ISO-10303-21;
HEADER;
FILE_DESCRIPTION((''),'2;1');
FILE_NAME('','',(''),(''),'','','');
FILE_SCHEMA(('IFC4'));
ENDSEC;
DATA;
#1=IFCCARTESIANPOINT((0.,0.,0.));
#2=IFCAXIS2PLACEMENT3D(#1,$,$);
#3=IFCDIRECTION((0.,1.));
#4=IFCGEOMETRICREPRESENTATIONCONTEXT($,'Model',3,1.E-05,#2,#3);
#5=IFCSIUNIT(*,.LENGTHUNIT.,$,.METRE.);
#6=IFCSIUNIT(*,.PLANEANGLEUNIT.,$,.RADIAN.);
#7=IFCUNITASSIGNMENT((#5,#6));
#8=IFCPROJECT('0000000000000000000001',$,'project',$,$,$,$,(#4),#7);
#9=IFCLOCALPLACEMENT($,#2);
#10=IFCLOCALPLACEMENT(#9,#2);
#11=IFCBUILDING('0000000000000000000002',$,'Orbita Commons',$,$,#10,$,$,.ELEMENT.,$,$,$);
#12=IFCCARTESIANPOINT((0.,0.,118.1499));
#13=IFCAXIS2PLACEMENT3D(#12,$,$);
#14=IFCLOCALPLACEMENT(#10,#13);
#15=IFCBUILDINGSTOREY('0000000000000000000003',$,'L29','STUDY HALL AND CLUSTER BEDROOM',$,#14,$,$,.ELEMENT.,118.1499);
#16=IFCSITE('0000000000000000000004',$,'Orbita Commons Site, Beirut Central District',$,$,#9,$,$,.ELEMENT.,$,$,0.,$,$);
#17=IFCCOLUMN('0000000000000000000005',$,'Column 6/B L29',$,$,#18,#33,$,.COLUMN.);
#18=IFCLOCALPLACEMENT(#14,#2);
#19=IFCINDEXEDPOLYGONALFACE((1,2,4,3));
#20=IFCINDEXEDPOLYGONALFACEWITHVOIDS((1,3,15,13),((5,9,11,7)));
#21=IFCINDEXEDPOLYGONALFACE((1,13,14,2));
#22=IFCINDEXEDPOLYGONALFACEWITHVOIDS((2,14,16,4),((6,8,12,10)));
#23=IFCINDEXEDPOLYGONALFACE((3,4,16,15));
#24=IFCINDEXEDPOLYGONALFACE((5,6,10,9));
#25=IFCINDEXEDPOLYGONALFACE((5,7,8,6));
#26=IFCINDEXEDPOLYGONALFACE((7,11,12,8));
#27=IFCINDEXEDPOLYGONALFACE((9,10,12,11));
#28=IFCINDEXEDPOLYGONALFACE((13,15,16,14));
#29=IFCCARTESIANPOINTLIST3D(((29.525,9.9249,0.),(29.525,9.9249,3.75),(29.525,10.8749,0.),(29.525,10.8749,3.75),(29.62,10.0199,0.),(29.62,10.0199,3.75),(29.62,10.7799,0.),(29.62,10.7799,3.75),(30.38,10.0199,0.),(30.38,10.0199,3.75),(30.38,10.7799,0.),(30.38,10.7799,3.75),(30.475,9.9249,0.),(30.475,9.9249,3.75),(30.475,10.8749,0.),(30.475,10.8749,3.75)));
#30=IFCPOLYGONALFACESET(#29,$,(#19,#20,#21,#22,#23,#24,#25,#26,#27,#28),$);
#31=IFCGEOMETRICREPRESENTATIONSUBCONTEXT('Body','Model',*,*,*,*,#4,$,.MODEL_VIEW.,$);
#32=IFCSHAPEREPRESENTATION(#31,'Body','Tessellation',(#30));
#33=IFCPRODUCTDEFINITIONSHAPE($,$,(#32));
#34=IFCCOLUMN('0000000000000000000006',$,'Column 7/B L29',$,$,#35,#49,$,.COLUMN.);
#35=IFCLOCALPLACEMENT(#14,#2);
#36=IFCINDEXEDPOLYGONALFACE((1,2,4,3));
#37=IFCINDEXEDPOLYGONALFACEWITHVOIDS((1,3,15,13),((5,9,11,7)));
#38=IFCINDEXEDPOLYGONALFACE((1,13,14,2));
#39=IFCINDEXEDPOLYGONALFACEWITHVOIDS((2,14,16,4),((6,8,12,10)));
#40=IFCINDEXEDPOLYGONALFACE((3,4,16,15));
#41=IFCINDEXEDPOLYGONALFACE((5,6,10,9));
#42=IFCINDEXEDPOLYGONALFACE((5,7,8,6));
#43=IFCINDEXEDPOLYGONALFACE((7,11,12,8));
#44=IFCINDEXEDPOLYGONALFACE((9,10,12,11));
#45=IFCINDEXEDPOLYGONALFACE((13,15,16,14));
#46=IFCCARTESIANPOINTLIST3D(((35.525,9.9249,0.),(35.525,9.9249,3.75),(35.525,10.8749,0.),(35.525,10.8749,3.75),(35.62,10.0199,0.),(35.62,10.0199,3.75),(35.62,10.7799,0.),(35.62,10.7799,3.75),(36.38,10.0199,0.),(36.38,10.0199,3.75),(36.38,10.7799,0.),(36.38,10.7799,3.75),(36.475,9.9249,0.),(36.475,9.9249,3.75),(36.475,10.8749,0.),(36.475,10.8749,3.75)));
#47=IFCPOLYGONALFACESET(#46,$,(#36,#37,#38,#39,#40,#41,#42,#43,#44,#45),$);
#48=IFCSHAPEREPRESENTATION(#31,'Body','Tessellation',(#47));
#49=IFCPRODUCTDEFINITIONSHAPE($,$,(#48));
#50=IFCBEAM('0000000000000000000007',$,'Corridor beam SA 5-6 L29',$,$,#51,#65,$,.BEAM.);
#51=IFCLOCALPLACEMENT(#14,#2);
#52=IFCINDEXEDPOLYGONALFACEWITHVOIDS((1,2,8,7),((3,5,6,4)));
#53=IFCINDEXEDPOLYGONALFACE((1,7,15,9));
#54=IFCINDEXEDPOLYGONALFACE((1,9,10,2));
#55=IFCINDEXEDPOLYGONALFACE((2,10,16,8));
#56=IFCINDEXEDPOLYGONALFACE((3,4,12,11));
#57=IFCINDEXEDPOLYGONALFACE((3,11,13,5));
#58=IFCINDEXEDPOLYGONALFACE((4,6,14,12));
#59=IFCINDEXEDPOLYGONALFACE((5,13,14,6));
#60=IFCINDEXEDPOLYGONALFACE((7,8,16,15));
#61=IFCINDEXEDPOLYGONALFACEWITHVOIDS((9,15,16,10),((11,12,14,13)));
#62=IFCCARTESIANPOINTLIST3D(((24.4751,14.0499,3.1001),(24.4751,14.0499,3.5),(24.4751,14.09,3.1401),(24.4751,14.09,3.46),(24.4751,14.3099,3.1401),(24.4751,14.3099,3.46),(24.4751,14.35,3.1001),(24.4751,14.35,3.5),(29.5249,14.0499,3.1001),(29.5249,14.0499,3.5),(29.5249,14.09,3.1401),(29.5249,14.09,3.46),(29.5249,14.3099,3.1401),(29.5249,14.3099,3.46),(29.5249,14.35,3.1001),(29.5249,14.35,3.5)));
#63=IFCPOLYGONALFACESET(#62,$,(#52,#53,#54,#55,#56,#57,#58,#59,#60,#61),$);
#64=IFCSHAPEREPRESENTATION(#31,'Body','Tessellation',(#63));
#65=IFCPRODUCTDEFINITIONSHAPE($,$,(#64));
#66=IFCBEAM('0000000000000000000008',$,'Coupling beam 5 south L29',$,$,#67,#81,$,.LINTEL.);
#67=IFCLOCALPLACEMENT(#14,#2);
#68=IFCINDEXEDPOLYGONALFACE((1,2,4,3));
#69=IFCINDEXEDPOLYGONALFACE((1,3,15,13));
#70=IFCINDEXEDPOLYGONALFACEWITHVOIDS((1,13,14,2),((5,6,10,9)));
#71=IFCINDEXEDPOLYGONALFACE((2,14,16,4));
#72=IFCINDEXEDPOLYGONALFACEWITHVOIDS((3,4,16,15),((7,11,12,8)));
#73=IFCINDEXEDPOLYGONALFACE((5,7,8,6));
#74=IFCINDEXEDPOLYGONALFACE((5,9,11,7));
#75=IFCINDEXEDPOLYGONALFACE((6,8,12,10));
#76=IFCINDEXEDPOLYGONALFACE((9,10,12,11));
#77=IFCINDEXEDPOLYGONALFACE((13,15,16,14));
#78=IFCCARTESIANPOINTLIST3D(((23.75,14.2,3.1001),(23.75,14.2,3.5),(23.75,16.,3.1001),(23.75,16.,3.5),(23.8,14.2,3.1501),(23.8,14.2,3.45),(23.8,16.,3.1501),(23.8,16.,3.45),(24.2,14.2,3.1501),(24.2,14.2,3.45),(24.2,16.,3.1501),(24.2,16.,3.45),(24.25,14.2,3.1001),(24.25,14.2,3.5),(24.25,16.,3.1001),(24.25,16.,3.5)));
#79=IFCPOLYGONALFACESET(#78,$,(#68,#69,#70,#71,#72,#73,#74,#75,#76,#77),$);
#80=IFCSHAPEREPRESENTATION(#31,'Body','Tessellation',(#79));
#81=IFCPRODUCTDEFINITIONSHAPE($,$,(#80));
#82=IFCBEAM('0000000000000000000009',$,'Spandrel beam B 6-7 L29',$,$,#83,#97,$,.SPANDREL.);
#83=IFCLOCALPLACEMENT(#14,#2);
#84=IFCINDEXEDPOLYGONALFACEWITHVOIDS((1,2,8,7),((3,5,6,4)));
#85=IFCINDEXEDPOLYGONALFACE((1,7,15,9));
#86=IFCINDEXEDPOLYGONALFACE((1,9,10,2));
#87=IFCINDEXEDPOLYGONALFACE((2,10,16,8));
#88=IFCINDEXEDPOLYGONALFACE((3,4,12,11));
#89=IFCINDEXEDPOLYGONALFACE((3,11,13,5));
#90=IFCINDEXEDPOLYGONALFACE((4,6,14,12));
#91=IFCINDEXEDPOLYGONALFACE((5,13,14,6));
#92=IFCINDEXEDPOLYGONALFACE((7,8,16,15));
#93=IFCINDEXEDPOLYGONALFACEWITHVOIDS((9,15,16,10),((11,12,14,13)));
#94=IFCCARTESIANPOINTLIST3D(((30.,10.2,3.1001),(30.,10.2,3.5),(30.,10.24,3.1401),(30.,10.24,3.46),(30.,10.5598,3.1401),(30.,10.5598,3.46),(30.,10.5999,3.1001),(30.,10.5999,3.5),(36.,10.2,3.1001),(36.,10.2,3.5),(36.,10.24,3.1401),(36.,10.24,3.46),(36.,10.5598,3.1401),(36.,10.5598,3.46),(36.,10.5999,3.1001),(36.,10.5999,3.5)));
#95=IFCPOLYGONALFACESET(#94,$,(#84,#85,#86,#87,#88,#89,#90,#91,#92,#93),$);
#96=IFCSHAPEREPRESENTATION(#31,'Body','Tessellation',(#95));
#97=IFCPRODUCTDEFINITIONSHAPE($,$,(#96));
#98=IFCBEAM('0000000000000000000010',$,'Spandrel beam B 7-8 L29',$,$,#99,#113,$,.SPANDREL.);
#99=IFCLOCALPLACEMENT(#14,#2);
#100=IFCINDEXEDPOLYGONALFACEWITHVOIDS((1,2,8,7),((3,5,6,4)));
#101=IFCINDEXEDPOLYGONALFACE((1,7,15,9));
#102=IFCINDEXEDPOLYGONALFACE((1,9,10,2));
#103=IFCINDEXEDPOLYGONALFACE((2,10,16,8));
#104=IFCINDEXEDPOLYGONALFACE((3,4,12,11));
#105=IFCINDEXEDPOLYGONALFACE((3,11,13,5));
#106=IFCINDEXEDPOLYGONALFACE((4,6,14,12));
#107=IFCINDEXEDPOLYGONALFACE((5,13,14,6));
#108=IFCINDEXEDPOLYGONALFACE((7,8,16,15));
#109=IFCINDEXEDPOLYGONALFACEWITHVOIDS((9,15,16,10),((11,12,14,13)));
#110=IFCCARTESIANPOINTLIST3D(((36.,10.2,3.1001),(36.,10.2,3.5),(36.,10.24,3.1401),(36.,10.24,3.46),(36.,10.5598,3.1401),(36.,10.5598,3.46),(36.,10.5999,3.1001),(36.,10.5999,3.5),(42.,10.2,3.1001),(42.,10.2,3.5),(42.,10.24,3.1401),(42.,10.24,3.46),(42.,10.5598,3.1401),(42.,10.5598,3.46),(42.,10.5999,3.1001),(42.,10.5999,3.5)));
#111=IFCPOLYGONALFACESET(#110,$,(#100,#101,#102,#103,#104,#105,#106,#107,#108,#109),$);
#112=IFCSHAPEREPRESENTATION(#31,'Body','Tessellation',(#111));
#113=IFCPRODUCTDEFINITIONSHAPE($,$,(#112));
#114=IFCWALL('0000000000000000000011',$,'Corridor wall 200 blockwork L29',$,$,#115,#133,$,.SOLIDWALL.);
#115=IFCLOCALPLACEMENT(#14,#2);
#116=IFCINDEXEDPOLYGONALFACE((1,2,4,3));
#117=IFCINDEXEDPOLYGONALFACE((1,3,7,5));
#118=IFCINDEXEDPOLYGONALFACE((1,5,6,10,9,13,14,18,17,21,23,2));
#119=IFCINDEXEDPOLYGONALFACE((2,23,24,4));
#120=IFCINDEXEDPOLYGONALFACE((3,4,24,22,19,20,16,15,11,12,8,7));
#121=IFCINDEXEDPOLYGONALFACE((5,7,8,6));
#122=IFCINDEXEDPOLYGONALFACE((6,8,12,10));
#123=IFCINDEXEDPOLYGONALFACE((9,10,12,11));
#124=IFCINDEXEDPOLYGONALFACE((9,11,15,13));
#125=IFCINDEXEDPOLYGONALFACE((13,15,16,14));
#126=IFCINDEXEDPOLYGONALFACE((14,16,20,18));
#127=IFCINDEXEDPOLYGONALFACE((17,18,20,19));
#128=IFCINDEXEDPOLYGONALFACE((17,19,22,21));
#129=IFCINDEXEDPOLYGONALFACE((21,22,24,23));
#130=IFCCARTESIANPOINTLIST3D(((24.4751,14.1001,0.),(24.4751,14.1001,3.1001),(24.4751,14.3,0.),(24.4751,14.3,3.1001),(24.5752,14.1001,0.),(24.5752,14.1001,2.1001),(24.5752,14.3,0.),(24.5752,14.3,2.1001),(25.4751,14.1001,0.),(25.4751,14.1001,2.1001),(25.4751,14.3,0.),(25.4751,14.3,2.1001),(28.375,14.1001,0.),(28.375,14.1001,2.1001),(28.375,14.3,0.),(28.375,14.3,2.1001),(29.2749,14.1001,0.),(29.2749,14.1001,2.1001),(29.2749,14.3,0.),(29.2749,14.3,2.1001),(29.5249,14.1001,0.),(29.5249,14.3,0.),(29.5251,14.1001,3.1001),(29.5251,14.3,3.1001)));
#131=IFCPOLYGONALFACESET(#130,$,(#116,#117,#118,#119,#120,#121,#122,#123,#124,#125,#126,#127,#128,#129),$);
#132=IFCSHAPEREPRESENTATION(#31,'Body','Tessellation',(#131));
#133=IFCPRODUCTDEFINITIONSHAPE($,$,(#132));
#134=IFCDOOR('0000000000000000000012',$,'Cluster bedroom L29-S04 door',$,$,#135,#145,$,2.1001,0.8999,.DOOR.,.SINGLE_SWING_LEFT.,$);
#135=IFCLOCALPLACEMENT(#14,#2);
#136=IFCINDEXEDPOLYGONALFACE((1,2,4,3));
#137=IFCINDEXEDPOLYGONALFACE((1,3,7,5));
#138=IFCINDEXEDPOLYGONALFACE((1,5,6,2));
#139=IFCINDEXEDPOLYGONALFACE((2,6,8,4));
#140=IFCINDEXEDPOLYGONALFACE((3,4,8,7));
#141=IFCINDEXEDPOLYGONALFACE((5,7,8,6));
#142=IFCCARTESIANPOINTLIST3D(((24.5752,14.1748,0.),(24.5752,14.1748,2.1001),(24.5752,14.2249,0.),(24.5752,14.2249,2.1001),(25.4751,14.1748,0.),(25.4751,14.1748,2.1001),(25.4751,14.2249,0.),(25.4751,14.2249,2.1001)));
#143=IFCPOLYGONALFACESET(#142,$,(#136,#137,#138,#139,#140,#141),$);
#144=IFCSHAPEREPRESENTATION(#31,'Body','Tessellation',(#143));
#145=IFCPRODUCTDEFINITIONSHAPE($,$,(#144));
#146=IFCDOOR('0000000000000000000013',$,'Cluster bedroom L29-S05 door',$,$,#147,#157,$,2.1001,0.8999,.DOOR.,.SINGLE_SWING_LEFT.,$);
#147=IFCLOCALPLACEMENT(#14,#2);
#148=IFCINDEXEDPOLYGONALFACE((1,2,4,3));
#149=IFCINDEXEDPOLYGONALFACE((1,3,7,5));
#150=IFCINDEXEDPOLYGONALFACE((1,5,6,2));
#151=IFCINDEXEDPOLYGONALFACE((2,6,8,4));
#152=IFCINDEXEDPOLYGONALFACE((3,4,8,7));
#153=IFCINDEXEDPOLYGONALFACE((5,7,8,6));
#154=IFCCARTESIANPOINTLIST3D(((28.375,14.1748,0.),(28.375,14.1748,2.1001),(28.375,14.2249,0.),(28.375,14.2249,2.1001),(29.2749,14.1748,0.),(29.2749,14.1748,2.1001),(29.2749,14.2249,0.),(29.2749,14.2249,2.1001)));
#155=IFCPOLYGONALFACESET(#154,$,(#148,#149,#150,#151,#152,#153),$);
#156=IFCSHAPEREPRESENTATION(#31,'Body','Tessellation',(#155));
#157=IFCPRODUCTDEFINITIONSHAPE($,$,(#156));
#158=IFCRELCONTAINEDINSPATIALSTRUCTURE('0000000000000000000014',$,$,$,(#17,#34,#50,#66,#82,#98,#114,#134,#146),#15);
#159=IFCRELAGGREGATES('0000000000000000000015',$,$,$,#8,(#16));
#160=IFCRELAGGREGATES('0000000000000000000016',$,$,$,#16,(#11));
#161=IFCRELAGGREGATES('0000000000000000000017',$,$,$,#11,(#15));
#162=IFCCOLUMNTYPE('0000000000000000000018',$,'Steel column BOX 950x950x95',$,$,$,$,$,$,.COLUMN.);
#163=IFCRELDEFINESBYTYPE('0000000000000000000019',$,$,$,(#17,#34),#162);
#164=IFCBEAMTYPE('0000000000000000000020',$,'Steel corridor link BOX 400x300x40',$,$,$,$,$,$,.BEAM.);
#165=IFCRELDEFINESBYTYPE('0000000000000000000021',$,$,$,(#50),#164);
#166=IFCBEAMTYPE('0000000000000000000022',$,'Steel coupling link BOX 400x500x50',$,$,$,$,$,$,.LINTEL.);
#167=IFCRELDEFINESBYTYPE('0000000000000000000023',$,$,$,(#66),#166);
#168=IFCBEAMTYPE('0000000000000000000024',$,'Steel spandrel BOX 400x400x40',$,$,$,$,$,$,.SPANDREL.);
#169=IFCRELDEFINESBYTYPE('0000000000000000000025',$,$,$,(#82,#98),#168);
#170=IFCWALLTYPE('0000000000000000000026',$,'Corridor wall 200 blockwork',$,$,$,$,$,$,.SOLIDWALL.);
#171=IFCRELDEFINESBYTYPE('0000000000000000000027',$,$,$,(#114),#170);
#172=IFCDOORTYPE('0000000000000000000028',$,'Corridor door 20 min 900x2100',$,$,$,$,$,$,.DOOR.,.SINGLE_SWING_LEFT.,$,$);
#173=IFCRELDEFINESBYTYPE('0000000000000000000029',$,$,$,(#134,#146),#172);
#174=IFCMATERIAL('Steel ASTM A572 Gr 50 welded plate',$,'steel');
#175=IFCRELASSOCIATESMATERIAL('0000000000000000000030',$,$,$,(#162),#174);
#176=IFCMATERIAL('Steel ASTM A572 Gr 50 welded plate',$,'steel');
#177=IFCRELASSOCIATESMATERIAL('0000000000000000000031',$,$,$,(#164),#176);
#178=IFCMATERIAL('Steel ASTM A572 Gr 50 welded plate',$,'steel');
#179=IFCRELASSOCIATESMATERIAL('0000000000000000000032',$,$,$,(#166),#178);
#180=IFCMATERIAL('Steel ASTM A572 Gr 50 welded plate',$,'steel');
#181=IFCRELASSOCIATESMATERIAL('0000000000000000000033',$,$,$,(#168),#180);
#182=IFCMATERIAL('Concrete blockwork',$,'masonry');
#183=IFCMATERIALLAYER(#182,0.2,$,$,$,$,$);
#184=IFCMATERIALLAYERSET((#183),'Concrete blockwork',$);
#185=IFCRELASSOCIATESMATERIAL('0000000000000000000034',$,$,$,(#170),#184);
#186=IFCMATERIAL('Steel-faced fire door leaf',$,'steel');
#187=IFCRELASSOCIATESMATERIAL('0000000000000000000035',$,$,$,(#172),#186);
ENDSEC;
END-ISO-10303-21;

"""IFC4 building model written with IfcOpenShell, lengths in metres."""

from ifc_helpers import new_model, si_unit, direction, frame, frame_2d, origin, origin_2d, place, context, subcontext, project, spatial, polyline, rectangle, hollow_rectangle, outline, extrude, material, layer, layer_set, material_profile, profile_set, type_object, element, fill, save


model = new_model("IFC4")

# Units and contexts
model_context = context("Model", 3, precision=1e-05, world=origin(), true_north=direction((0.0, 1.0)))
body_context = subcontext(model_context, "Body", "Model", "MODEL_VIEW")
ifc_project = project(units=[si_unit("LENGTHUNIT", "METRE"), si_unit("PLANEANGLEUNIT", "RADIAN")], contexts=[model_context])

# Site, building, storey
site_placement = place(None, origin())
site = spatial("IfcSite", under=ifc_project, at=site_placement, Name="Orbita Commons Site, Beirut Central District", CompositionType="ELEMENT", RefElevation=0.0)
building_placement = place(site_placement, origin())
building = spatial("IfcBuilding", under=site, at=building_placement, Name="Orbita Commons", CompositionType="ELEMENT")
storey_placement = place(building_placement, frame((0.0, 0.0, 118.1499)))
storey = spatial("IfcBuildingStorey", under=building, at=storey_placement, Name="L29", Description="STUDY HALL AND CLUSTER BEDROOM", CompositionType="ELEMENT", Elevation=118.1499)

# Columns
ifc_material_1 = material(Name="Steel ASTM A572 Gr 50 welded plate", Category="steel")
ifc_material_profile_1 = material_profile(ifc_material_1, hollow_rectangle(XDim=0.95, YDim=0.95, WallThickness=0.095, at=origin_2d()), Name="BOX 950x950x95")
ifc_profile_set_1 = profile_set([ifc_material_profile_1], Name="Steel ASTM A572 Gr 50 welded plate")
column_type = type_object("IfcColumnType", Name="Steel column BOX 950x950x95", PredefinedType="COLUMN", material=ifc_profile_set_1)
for number, where, z_axis, x_axis, name in (
    (1, (30.0, 10.3999, 0.0), (0.0, 0.0, 1.0), (1.0, 0.0, 0.0), "Column 6/B L29"),
    (2, (36.0, 10.3999, 0.0), (0.0, 0.0, 1.0), (1.0, 0.0, 0.0), "Column 7/B L29"),
):
    element("IfcColumn", number, at=place(storey_placement, frame(where, z_axis=z_axis, x_axis=x_axis)), inside=storey, type_object=column_type, Name=name, PredefinedType="COLUMN", context=body_context, shape_type="SweptSolid", body=[
        extrude(hollow_rectangle(XDim=0.95, YDim=0.95, WallThickness=0.095, at=origin_2d()), origin(), (0.0, 0.0, 1.0), 3.75),
    ])

# Beams
ifc_material_2 = material(Name="Steel ASTM A572 Gr 50 welded plate", Category="steel")
ifc_material_profile_2 = material_profile(ifc_material_2, hollow_rectangle(XDim=0.3, YDim=0.3999, WallThickness=0.04, at=origin_2d()), Name="BOX 400x300x40")
ifc_profile_set_2 = profile_set([ifc_material_profile_2], Name="Steel ASTM A572 Gr 50 welded plate")
beam_type_1 = type_object("IfcBeamType", Name="Steel corridor link BOX 400x300x40", PredefinedType="BEAM", material=ifc_profile_set_2)
beam_1_placement = place(storey_placement, frame((24.4751, 14.2, 3.3), z_axis=(1.0, 0.0, 0.0), x_axis=(0.0, 1.0, 0.0)))
element("IfcBeam", 3, at=beam_1_placement, inside=storey, type_object=beam_type_1, Name="Corridor beam SA 5-6 L29", PredefinedType="BEAM", context=body_context, shape_type="SweptSolid", body=[
    extrude(hollow_rectangle(XDim=0.3, YDim=0.3999, WallThickness=0.04, at=origin_2d()), origin(), (0.0, 0.0, 1.0), 5.0498),
])
ifc_material_3 = material(Name="Steel ASTM A572 Gr 50 welded plate", Category="steel")
ifc_material_profile_3 = material_profile(ifc_material_3, hollow_rectangle(XDim=0.5, YDim=0.3999, WallThickness=0.05, at=origin_2d()), Name="BOX 400x500x50")
ifc_profile_set_3 = profile_set([ifc_material_profile_3], Name="Steel ASTM A572 Gr 50 welded plate")
beam_type_2 = type_object("IfcBeamType", Name="Steel coupling link BOX 400x500x50", PredefinedType="LINTEL", material=ifc_profile_set_3)
beam_2_placement = place(storey_placement, frame((24.0, 14.2, 3.3), z_axis=(0.0, 1.0, 0.0), x_axis=(-1.0, 0.0, 0.0)))
element("IfcBeam", 4, at=beam_2_placement, inside=storey, type_object=beam_type_2, Name="Coupling beam 5 south L29", PredefinedType="LINTEL", context=body_context, shape_type="SweptSolid", body=[
    extrude(hollow_rectangle(XDim=0.5, YDim=0.3999, WallThickness=0.05, at=origin_2d()), origin(), (0.0, 0.0, 1.0), 1.8),
])
ifc_material_4 = material(Name="Steel ASTM A572 Gr 50 welded plate", Category="steel")
ifc_material_profile_4 = material_profile(ifc_material_4, hollow_rectangle(XDim=0.3999, YDim=0.3999, WallThickness=0.04, at=origin_2d()), Name="BOX 400x400x40")
ifc_profile_set_4 = profile_set([ifc_material_profile_4], Name="Steel ASTM A572 Gr 50 welded plate")
beam_type_3 = type_object("IfcBeamType", Name="Steel spandrel BOX 400x400x40", PredefinedType="SPANDREL", material=ifc_profile_set_4)
for number, where, z_axis, x_axis, name in (
    (5, (30.0, 10.3999, 3.3), (1.0, 0.0, 0.0), (0.0, 1.0, 0.0), "Spandrel beam B 6-7 L29"),
    (6, (36.0, 10.3999, 3.3), (1.0, 0.0, 0.0), (0.0, 1.0, 0.0), "Spandrel beam B 7-8 L29"),
):
    element("IfcBeam", number, at=place(storey_placement, frame(where, z_axis=z_axis, x_axis=x_axis)), inside=storey, type_object=beam_type_3, Name=name, PredefinedType="SPANDREL", context=body_context, shape_type="SweptSolid", body=[
        extrude(hollow_rectangle(XDim=0.3999, YDim=0.3999, WallThickness=0.04, at=origin_2d()), origin(), (0.0, 0.0, 1.0), 6.0),
    ])

# Wall, openings, doors
ifc_material_5 = material(Name="Concrete blockwork", Category="masonry")
ifc_layer_1 = layer(ifc_material_5, 0.2)
ifc_layer_set_1 = layer_set([ifc_layer_1], Name="Concrete blockwork")
wall_type_1 = type_object("IfcWallType", Name="Corridor wall 200 blockwork", PredefinedType="SOLIDWALL", material=ifc_layer_set_1)
wall_1_placement = place(storey_placement, frame((24.4751, 14.2, 0.0), z_axis=(0.0, 0.0, 1.0), x_axis=(1.0, 0.0, 0.0)))
wall_1 = element("IfcWall", 7, at=wall_1_placement, inside=storey, type_object=wall_type_1, Name="Corridor wall 200 blockwork L29", PredefinedType="SOLIDWALL", context=body_context, shape_type="SweptSolid", body=[
    extrude(outline(polyline([(0.0, 0.0), (5.0498, 0.0), (5.05, 3.1001), (0.0, 3.1001), (0.0, 0.0)])), frame((0.0, 0.1001, 0.0), z_axis=(0.0, -1.0, 0.0), x_axis=(1.0, 0.0, 0.0)), (0.0, 0.0, 1.0), 0.2),
])
opening_1_placement = place(wall_1_placement, frame((0.1001, 0.0, 0.0)))
opening_1 = element("IfcOpeningElement", 8, at=opening_1_placement, cuts=wall_1, PredefinedType="OPENING", context=body_context, shape_type="SweptSolid", body=[
    extrude(rectangle(XDim=0.8999, YDim=2.1001, at=frame_2d((0.45, 1.05))), frame((0.0, 0.1099, 0.0), z_axis=(0.0, -1.0, 0.0), x_axis=(1.0, 0.0, 0.0)), (0.0, 0.0, 1.0), 0.22),
])
opening_2_placement = place(wall_1_placement, frame((3.8999, 0.0, 0.0)))
opening_2 = element("IfcOpeningElement", 9, at=opening_2_placement, cuts=wall_1, PredefinedType="OPENING", context=body_context, shape_type="SweptSolid", body=[
    extrude(rectangle(XDim=0.8999, YDim=2.1001, at=frame_2d((0.45, 1.05))), frame((0.0, 0.1099, 0.0), z_axis=(0.0, -1.0, 0.0), x_axis=(1.0, 0.0, 0.0)), (0.0, 0.0, 1.0), 0.22),
])
ifc_material_6 = material(Name="Steel-faced fire door leaf", Category="steel")
door_type_1 = type_object("IfcDoorType", Name="Corridor door 20 min 900x2100", OperationType="SINGLE_SWING_LEFT", PredefinedType="DOOR", material=ifc_material_6)
door_1_placement = place(opening_1_placement, origin())
door_1 = element("IfcDoor", 10, at=door_1_placement, inside=storey, type_object=door_type_1, Name="Cluster bedroom L29-S04 door", OperationType="SINGLE_SWING_LEFT", OverallHeight=2.1001, OverallWidth=0.8999, PredefinedType="DOOR", context=body_context, shape_type="SweptSolid", body=[
    extrude(rectangle(XDim=0.8999, YDim=2.1001, at=frame_2d((0.45, 1.05))), frame((0.0, 0.0249, 0.0), z_axis=(0.0, -1.0, 0.0), x_axis=(1.0, 0.0, 0.0)), (0.0, 0.0, 1.0), 0.05),
])
fill(opening_1, door_1)
door_2_placement = place(opening_2_placement, origin())
door_2 = element("IfcDoor", 11, at=door_2_placement, inside=storey, type_object=door_type_1, Name="Cluster bedroom L29-S05 door", OperationType="SINGLE_SWING_LEFT", OverallHeight=2.1001, OverallWidth=0.8999, PredefinedType="DOOR", context=body_context, shape_type="SweptSolid", body=[
    extrude(rectangle(XDim=0.8999, YDim=2.1001, at=frame_2d((0.45, 1.05))), frame((0.0, 0.0249, 0.0), z_axis=(0.0, -1.0, 0.0), x_axis=(1.0, 0.0, 0.0)), (0.0, 0.0, 1.0), 0.05),
])
fill(opening_2, door_2)

save(model, "model.ifc")
